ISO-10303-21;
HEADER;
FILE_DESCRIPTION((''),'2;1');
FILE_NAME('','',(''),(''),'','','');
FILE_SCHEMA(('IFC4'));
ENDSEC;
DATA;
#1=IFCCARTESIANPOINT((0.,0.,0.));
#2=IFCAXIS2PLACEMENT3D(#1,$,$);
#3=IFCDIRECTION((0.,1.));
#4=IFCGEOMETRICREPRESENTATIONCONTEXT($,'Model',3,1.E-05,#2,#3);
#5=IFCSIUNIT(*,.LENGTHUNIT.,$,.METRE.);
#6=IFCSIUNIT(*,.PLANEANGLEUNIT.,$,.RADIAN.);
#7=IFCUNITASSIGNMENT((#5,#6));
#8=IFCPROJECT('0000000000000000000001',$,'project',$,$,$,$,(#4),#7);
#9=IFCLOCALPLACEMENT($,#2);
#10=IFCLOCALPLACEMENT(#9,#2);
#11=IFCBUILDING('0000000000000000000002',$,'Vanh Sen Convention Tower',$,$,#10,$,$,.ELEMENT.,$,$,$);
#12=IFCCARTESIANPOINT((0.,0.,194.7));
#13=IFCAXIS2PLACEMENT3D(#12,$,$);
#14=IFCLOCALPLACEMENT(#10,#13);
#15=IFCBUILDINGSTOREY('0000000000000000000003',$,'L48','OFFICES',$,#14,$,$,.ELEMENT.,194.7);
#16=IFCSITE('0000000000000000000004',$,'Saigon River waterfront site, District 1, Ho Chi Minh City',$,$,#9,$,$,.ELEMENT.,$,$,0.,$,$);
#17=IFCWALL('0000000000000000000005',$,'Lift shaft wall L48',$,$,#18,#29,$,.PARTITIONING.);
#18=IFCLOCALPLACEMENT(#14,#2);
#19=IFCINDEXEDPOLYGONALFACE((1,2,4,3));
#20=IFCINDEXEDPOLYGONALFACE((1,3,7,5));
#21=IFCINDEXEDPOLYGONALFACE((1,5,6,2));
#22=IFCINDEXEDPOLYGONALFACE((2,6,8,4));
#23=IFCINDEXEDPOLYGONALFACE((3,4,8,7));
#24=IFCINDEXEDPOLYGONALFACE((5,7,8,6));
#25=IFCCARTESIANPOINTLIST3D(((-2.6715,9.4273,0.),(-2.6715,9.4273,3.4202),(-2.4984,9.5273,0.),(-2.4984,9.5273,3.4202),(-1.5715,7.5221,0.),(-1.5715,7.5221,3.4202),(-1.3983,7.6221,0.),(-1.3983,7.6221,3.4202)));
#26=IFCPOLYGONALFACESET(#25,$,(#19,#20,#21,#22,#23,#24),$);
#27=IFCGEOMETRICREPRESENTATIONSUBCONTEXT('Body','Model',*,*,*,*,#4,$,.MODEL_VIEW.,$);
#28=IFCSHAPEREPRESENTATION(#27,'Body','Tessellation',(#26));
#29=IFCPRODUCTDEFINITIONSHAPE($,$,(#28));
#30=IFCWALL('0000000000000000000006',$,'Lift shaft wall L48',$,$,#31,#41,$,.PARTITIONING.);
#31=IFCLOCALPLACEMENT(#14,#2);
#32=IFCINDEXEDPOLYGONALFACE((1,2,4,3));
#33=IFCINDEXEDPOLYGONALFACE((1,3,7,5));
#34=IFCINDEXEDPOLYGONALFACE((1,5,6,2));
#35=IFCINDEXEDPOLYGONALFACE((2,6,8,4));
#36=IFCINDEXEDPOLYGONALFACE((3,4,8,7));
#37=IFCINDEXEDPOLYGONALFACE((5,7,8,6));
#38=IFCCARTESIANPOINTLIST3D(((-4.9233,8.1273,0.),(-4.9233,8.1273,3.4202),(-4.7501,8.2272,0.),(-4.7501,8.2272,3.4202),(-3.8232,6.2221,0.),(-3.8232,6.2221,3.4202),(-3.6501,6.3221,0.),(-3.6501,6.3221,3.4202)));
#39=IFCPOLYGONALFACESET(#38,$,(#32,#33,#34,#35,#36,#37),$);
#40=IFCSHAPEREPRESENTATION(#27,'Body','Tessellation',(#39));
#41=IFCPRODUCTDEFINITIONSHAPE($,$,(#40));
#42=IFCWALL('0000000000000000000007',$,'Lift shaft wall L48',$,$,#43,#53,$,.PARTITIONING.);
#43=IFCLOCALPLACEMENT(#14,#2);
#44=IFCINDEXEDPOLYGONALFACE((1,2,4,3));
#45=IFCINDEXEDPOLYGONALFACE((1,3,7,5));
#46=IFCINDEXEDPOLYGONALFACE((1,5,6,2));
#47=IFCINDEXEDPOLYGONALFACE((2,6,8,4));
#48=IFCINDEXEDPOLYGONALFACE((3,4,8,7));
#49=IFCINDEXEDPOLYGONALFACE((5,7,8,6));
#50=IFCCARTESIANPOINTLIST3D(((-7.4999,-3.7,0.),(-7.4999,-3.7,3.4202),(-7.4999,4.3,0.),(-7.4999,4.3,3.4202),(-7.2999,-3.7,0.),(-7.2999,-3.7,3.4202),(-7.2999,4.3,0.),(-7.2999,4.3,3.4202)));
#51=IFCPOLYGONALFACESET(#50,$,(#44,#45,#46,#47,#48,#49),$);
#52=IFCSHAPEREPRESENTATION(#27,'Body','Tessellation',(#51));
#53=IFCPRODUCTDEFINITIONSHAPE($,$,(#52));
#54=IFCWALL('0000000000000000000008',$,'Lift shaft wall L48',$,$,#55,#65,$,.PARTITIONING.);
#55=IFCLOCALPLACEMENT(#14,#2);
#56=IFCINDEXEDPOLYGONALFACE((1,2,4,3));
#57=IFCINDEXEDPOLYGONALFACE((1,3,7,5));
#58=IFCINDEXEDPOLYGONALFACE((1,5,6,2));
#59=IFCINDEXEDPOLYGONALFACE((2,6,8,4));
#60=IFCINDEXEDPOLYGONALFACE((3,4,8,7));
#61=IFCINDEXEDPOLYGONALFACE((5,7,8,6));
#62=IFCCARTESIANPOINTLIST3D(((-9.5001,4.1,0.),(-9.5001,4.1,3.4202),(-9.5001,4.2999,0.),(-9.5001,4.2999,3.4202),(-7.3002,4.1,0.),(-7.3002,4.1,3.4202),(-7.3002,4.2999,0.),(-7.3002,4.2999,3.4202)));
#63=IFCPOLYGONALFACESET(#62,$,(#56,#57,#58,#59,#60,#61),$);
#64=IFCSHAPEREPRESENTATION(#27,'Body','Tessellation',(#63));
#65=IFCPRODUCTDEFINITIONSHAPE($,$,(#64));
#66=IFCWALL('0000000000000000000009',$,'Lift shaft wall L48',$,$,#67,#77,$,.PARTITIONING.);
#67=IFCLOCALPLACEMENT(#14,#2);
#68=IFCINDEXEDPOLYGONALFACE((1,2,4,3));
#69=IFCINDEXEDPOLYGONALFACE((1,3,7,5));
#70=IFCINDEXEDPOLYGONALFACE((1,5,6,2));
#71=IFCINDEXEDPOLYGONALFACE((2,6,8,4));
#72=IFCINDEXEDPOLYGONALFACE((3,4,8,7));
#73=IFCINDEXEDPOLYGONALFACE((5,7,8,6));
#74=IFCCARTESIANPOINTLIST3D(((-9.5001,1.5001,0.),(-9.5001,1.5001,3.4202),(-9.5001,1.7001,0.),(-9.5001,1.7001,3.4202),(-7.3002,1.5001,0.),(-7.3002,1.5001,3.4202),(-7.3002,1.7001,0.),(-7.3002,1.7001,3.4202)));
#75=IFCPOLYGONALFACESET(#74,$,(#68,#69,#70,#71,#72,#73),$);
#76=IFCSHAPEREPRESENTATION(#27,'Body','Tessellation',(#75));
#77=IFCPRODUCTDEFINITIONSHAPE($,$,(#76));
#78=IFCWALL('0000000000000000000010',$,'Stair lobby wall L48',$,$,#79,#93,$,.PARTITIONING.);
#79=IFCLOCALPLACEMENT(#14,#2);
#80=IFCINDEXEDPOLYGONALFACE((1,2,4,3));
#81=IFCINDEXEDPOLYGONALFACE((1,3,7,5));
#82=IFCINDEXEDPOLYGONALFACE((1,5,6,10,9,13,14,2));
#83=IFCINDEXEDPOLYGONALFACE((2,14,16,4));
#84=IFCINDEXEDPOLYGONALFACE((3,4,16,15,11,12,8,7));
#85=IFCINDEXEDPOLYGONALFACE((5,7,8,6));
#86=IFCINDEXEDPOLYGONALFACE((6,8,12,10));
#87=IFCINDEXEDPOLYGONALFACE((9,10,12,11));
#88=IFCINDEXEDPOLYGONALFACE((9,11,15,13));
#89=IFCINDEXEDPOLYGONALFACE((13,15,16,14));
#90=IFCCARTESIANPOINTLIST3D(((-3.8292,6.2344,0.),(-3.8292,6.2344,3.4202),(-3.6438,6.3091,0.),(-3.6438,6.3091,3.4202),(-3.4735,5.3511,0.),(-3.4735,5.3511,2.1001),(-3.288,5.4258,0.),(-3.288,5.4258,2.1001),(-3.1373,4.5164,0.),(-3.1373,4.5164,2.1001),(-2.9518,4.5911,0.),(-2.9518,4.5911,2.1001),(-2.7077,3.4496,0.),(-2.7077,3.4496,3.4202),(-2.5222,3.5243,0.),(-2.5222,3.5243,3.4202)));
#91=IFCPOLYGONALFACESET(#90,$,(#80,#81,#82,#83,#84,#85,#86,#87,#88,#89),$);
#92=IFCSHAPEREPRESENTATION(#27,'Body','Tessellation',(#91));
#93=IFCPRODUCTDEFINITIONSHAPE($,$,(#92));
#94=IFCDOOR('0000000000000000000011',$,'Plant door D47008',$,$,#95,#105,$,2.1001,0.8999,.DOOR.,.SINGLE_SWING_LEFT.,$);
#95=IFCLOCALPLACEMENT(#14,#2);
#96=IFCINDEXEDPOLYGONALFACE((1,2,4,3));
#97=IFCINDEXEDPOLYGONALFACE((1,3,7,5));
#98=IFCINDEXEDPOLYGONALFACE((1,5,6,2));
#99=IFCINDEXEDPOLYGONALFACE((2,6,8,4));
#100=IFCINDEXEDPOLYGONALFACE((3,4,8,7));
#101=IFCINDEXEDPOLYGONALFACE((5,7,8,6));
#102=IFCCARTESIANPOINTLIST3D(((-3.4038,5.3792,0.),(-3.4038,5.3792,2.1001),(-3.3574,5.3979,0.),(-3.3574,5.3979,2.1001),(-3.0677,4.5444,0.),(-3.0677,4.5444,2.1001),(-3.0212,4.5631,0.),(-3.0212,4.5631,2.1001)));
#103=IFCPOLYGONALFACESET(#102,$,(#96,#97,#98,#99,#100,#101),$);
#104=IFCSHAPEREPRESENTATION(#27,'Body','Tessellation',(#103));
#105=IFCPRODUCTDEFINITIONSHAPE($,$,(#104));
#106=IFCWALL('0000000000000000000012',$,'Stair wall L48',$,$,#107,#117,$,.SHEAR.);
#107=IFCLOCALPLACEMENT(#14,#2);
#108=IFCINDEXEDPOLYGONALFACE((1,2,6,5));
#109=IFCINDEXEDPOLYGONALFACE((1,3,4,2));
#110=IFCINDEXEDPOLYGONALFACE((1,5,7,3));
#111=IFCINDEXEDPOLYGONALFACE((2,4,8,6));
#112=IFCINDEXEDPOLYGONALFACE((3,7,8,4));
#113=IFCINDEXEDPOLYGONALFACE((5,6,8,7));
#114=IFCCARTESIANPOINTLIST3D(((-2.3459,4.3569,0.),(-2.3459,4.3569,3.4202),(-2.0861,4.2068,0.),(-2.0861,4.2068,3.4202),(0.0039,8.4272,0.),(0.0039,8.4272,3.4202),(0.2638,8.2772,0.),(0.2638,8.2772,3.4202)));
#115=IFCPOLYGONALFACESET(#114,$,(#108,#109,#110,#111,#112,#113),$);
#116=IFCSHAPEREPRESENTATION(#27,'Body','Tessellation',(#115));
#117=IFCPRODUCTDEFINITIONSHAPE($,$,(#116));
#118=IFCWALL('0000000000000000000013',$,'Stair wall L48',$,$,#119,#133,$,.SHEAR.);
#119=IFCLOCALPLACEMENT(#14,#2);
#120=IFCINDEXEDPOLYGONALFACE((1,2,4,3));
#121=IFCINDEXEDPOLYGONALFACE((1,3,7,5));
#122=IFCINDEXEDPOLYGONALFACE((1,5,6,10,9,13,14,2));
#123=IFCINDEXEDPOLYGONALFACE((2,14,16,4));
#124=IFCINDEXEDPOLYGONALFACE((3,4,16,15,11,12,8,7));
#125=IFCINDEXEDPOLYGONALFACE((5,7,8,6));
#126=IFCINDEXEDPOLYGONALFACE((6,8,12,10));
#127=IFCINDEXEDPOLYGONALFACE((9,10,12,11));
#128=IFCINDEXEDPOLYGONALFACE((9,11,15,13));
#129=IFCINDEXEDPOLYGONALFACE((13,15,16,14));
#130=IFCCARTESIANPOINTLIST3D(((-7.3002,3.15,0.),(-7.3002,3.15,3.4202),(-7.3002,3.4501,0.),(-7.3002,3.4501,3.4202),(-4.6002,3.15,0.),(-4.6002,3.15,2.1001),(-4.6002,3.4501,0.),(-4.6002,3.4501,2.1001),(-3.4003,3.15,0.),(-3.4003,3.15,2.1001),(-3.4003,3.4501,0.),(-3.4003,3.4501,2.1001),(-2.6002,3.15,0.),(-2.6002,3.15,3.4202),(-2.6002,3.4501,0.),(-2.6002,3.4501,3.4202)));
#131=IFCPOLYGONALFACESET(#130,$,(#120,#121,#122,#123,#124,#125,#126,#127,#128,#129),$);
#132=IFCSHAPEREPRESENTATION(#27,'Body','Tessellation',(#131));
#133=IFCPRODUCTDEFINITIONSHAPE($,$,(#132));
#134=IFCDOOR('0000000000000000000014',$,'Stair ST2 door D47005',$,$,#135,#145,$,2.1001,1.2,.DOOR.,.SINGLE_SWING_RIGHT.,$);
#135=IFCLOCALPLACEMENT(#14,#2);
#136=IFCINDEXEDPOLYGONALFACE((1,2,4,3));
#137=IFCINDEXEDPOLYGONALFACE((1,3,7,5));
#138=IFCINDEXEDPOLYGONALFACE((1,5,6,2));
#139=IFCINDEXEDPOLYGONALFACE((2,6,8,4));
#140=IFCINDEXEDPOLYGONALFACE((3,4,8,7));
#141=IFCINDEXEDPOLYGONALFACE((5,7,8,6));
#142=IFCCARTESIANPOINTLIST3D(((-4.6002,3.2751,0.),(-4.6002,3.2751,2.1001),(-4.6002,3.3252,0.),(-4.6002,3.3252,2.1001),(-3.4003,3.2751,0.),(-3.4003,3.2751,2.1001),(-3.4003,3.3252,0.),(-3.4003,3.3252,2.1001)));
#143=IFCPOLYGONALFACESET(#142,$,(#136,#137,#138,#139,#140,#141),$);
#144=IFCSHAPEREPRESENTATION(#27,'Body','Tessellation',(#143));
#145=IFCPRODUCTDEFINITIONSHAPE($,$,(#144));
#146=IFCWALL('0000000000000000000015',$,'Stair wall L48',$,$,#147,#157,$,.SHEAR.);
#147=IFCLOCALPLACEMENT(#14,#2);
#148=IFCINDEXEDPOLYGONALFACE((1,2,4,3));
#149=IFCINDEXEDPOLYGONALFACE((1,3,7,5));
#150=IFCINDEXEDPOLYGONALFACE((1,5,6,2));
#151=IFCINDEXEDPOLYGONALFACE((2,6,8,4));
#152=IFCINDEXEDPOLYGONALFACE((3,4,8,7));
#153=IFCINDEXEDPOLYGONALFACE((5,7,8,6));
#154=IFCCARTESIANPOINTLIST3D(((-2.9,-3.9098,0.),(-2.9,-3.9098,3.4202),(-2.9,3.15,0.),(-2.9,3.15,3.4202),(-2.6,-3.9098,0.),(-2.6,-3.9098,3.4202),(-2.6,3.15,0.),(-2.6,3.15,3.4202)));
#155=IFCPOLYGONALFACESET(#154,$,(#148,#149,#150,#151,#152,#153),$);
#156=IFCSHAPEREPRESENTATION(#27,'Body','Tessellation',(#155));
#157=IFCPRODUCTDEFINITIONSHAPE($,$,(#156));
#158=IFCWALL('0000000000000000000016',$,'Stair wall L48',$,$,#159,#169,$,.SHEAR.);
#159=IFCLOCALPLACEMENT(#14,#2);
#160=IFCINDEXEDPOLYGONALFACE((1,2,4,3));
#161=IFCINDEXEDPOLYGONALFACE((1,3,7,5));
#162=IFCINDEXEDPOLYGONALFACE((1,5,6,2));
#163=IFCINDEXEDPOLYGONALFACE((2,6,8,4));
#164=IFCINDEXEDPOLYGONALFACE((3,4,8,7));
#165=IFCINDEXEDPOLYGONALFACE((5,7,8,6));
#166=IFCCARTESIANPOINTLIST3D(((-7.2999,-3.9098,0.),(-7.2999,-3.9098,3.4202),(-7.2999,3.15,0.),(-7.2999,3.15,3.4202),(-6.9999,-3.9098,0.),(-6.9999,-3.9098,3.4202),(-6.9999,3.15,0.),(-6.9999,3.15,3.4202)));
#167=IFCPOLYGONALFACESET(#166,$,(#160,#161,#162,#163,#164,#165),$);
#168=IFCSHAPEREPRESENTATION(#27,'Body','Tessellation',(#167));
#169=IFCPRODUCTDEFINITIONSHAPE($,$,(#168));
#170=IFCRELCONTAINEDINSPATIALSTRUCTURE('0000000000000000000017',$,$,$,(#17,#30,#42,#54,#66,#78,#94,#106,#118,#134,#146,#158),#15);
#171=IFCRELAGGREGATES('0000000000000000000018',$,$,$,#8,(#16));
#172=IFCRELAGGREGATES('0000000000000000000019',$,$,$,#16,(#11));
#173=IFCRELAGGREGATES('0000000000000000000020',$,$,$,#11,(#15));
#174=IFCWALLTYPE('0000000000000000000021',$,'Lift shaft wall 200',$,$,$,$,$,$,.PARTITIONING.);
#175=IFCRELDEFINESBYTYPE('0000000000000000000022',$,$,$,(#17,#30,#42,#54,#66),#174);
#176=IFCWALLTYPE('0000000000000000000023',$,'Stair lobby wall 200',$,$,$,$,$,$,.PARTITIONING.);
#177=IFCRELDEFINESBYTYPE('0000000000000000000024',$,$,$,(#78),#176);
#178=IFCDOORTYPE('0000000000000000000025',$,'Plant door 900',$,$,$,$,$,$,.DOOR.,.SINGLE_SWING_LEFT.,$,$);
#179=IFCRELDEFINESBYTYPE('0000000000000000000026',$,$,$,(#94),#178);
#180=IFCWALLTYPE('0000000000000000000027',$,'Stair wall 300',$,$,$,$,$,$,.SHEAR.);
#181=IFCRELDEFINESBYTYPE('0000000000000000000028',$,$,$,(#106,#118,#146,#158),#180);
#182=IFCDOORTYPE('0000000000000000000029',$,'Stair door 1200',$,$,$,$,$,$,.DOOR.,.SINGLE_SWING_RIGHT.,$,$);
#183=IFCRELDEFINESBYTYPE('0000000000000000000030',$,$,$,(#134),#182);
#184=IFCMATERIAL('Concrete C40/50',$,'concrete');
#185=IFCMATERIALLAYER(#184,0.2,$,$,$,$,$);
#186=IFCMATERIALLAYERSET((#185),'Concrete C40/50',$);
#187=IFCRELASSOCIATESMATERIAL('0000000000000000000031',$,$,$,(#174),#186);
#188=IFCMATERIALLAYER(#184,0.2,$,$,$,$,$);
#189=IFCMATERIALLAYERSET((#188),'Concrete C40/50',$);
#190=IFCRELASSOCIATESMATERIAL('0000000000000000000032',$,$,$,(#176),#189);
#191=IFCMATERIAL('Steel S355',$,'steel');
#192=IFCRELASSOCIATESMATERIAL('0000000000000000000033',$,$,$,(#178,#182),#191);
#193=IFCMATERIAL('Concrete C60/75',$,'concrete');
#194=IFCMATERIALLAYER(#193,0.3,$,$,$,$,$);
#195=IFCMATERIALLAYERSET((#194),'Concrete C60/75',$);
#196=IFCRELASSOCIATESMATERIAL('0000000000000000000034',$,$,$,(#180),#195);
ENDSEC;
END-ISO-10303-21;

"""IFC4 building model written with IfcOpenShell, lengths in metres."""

from ifc_helpers import new_model, si_unit, direction, frame, frame_2d, origin, place, context, subcontext, project, spatial, rectangle, extrude, material, layer, layer_set, type_object, element, fill, save


model = new_model("IFC4")

# Units and contexts
model_context = context("Model", 3, precision=1e-05, world=origin(), true_north=direction((0.0, 1.0)))
body_context = subcontext(model_context, "Body", "Model", "MODEL_VIEW")
ifc_project = project(units=[si_unit("LENGTHUNIT", "METRE"), si_unit("PLANEANGLEUNIT", "RADIAN")], contexts=[model_context])

# Site, building, storey
site_placement = place(None, origin())
site = spatial("IfcSite", under=ifc_project, at=site_placement, Name="Saigon River waterfront site, District 1, Ho Chi Minh City", CompositionType="ELEMENT", RefElevation=0.0)
building_placement = place(site_placement, origin())
building = spatial("IfcBuilding", under=site, at=building_placement, Name="Vanh Sen Convention Tower", CompositionType="ELEMENT")
storey_placement = place(building_placement, frame((0.0, 0.0, 194.7)))
storey = spatial("IfcBuildingStorey", under=building, at=storey_placement, Name="L48", Description="OFFICES", CompositionType="ELEMENT", Elevation=194.7)

# Shared definitions
ifc_material_1 = material(Name="Concrete C40/50", Category="concrete")

# Shared definitions
ifc_material_2 = material(Name="Concrete C60/75", Category="concrete")

# Walls
ifc_layer_1 = layer(ifc_material_1, 0.2)
ifc_layer_set_1 = layer_set([ifc_layer_1], Name="Concrete C40/50")
wall_type_1 = type_object("IfcWallType", Name="Lift shaft wall 200", PredefinedType="PARTITIONING", material=ifc_layer_set_1)
for number, where, z_axis, x_axis, name in (
    (1, (-1.4849, 7.572, 0.0), (0.0, 0.0, 1.0), (-0.50003, 0.866008, 0.0), "Lift shaft wall L48"),
    (2, (-3.7366, 6.272, 0.0), (0.0, 0.0, 1.0), (-0.50003, 0.866008, 0.0), "Lift shaft wall L48"),
):
    element("IfcWall", number, at=place(storey_placement, frame(where, z_axis=z_axis, x_axis=x_axis)), inside=storey, type_object=wall_type_1, Name=name, PredefinedType="PARTITIONING", context=body_context, shape_type="SweptSolid", body=[
        extrude(rectangle(XDim=2.2, YDim=0.2, at=frame_2d((1.1001, 0.0))), origin(), (0.0, 0.0, 1.0), 3.4202),
    ])
wall_1_placement = place(storey_placement, frame((-7.3999, 4.3, 0.0), z_axis=(0.0, 0.0, 1.0), x_axis=(0.0, -1.0, 0.0)))
element("IfcWall", 3, at=wall_1_placement, inside=storey, type_object=wall_type_1, Name="Lift shaft wall L48", PredefinedType="PARTITIONING", context=body_context, shape_type="SweptSolid", body=[
    extrude(rectangle(XDim=8.0, YDim=0.2, at=frame_2d((4.0, 0.0))), origin(), (0.0, 0.0, 1.0), 3.4202),
])
for number, where, z_axis, x_axis, name in (
    (4, (-7.3, 4.2, 0.0), (0.0, 0.0, 1.0), (-1.0, 0.0, 0.0), "Lift shaft wall L48"),
    (5, (-7.3, 1.6001, 0.0), (0.0, 0.0, 1.0), (-1.0, 0.0, 0.0), "Lift shaft wall L48"),
):
    element("IfcWall", number, at=place(storey_placement, frame(where, z_axis=z_axis, x_axis=x_axis)), inside=storey, type_object=wall_type_1, Name=name, PredefinedType="PARTITIONING", context=body_context, shape_type="SweptSolid", body=[
        extrude(rectangle(XDim=2.2, YDim=0.2, at=frame_2d((1.1001, 0.0))), origin(), (0.0, 0.0, 1.0), 3.4202),
    ])

# Wall, opening, door
ifc_layer_2 = layer(ifc_material_1, 0.2)
ifc_layer_set_2 = layer_set([ifc_layer_2], Name="Concrete C40/50")
wall_type_2 = type_object("IfcWallType", Name="Stair lobby wall 200", PredefinedType="PARTITIONING", material=ifc_layer_set_2)
wall_2_placement = place(storey_placement, frame((-2.615, 3.4871, 0.0), z_axis=(0.0, 0.0, 1.0), x_axis=(-0.373577, 0.927599, 0.0)))
wall_2 = element("IfcWall", 6, at=wall_2_placement, inside=storey, type_object=wall_type_2, Name="Stair lobby wall L48", PredefinedType="PARTITIONING", context=body_context, shape_type="SweptSolid", body=[
    extrude(rectangle(XDim=3.0022, YDim=0.2, at=frame_2d((1.501, 0.0))), origin(), (0.0, 0.0, 1.0), 3.4202),
])
opening_1_placement = place(wall_2_placement, frame((1.1499, 0.0, 0.0)))
opening_1 = element("IfcOpeningElement", 7, at=opening_1_placement, cuts=wall_2, PredefinedType="OPENING", context=body_context, shape_type="SweptSolid", body=[
    extrude(rectangle(XDim=0.8999, YDim=2.1001, at=frame_2d((0.45, 1.05))), frame((0.0, 0.1099, 0.0), z_axis=(0.0, -1.0, 0.0), x_axis=(1.0, 0.0, 0.0)), (0.0, 0.0, 1.0), 0.22),
])
ifc_material_3 = material(Name="Steel S355", Category="steel")
door_type_1 = type_object("IfcDoorType", Name="Plant door 900", OperationType="SINGLE_SWING_LEFT", PredefinedType="DOOR", material=ifc_material_3)
door_1_placement = place(opening_1_placement, origin())
door_1 = element("IfcDoor", 8, at=door_1_placement, inside=storey, type_object=door_type_1, Name="Plant door D47008", OperationType="SINGLE_SWING_LEFT", OverallHeight=2.1001, OverallWidth=0.8999, PredefinedType="DOOR", context=body_context, shape_type="SweptSolid", body=[
    extrude(rectangle(XDim=0.8999, YDim=2.1001, at=frame_2d((0.45, 1.05))), frame((0.0, 0.0249, 0.0), z_axis=(0.0, -1.0, 0.0), x_axis=(1.0, 0.0, 0.0)), (0.0, 0.0, 1.0), 0.05),
])
fill(opening_1, door_1)

# Wall
ifc_layer_3 = layer(ifc_material_2, 0.3)
ifc_layer_set_3 = layer_set([ifc_layer_3], Name="Concrete C60/75")
wall_type_3 = type_object("IfcWallType", Name="Stair wall 300", PredefinedType="SHEAR", material=ifc_layer_set_3)
wall_3_placement = place(storey_placement, frame((-2.2161, 4.2817, 0.0), z_axis=(0.0, 0.0, 1.0), x_axis=(0.499977, 0.866039, 0.0)))
element("IfcWall", 9, at=wall_3_placement, inside=storey, type_object=wall_type_3, Name="Stair wall L48", PredefinedType="SHEAR", context=body_context, shape_type="SweptSolid", body=[
    extrude(rectangle(XDim=4.7, YDim=0.3, at=frame_2d((2.3501, 0.0))), origin(), (0.0, 0.0, 1.0), 3.4202),
])

# Wall, opening, door
wall_4_placement = place(storey_placement, frame((-2.6001, 3.3, 0.0), z_axis=(0.0, 0.0, 1.0), x_axis=(-1.0, 0.0, 0.0)))
wall_4 = element("IfcWall", 10, at=wall_4_placement, inside=storey, type_object=wall_type_3, Name="Stair wall L48", PredefinedType="SHEAR", context=body_context, shape_type="SweptSolid", body=[
    extrude(rectangle(XDim=4.7, YDim=0.3, at=frame_2d((2.3501, 0.0))), origin(), (0.0, 0.0, 1.0), 3.4202),
])
opening_2_placement = place(wall_4_placement, frame((0.8, 0.0, 0.0)))
opening_2 = element("IfcOpeningElement", 11, at=opening_2_placement, cuts=wall_4, PredefinedType="OPENING", context=body_context, shape_type="SweptSolid", body=[
    extrude(rectangle(XDim=1.2, YDim=2.1001, at=frame_2d((0.6001, 1.05))), frame((0.0, 0.1599, 0.0), z_axis=(0.0, -1.0, 0.0), x_axis=(1.0, 0.0, 0.0)), (0.0, 0.0, 1.0), 0.3201),
])
door_type_2 = type_object("IfcDoorType", Name="Stair door 1200", OperationType="SINGLE_SWING_RIGHT", PredefinedType="DOOR", material=ifc_material_3)
door_2_placement = place(opening_2_placement, origin())
door_2 = element("IfcDoor", 12, at=door_2_placement, inside=storey, type_object=door_type_2, Name="Stair ST2 door D47005", OperationType="SINGLE_SWING_RIGHT", OverallHeight=2.1001, OverallWidth=1.2, PredefinedType="DOOR", context=body_context, shape_type="SweptSolid", body=[
    extrude(rectangle(XDim=1.2, YDim=2.1001, at=frame_2d((0.6001, 1.05))), frame((0.0, 0.0249, 0.0), z_axis=(0.0, -1.0, 0.0), x_axis=(1.0, 0.0, 0.0)), (0.0, 0.0, 1.0), 0.05),
])
fill(opening_2, door_2)

# Walls
for number, where, z_axis, x_axis, name in (
    (13, (-2.75, 3.1499, 0.0), (0.0, 0.0, 1.0), (0.0, -1.0, 0.0), "Stair wall L48"),
    (14, (-7.1499, 3.1499, 0.0), (0.0, 0.0, 1.0), (0.0, -1.0, 0.0), "Stair wall L48"),
):
    element("IfcWall", number, at=place(storey_placement, frame(where, z_axis=z_axis, x_axis=x_axis)), inside=storey, type_object=wall_type_3, Name=name, PredefinedType="SHEAR", context=body_context, shape_type="SweptSolid", body=[
        extrude(rectangle(XDim=7.0598, YDim=0.3, at=frame_2d((3.5298, 0.0))), origin(), (0.0, 0.0, 1.0), 3.4202),
    ])

save(model, "model.ifc")
